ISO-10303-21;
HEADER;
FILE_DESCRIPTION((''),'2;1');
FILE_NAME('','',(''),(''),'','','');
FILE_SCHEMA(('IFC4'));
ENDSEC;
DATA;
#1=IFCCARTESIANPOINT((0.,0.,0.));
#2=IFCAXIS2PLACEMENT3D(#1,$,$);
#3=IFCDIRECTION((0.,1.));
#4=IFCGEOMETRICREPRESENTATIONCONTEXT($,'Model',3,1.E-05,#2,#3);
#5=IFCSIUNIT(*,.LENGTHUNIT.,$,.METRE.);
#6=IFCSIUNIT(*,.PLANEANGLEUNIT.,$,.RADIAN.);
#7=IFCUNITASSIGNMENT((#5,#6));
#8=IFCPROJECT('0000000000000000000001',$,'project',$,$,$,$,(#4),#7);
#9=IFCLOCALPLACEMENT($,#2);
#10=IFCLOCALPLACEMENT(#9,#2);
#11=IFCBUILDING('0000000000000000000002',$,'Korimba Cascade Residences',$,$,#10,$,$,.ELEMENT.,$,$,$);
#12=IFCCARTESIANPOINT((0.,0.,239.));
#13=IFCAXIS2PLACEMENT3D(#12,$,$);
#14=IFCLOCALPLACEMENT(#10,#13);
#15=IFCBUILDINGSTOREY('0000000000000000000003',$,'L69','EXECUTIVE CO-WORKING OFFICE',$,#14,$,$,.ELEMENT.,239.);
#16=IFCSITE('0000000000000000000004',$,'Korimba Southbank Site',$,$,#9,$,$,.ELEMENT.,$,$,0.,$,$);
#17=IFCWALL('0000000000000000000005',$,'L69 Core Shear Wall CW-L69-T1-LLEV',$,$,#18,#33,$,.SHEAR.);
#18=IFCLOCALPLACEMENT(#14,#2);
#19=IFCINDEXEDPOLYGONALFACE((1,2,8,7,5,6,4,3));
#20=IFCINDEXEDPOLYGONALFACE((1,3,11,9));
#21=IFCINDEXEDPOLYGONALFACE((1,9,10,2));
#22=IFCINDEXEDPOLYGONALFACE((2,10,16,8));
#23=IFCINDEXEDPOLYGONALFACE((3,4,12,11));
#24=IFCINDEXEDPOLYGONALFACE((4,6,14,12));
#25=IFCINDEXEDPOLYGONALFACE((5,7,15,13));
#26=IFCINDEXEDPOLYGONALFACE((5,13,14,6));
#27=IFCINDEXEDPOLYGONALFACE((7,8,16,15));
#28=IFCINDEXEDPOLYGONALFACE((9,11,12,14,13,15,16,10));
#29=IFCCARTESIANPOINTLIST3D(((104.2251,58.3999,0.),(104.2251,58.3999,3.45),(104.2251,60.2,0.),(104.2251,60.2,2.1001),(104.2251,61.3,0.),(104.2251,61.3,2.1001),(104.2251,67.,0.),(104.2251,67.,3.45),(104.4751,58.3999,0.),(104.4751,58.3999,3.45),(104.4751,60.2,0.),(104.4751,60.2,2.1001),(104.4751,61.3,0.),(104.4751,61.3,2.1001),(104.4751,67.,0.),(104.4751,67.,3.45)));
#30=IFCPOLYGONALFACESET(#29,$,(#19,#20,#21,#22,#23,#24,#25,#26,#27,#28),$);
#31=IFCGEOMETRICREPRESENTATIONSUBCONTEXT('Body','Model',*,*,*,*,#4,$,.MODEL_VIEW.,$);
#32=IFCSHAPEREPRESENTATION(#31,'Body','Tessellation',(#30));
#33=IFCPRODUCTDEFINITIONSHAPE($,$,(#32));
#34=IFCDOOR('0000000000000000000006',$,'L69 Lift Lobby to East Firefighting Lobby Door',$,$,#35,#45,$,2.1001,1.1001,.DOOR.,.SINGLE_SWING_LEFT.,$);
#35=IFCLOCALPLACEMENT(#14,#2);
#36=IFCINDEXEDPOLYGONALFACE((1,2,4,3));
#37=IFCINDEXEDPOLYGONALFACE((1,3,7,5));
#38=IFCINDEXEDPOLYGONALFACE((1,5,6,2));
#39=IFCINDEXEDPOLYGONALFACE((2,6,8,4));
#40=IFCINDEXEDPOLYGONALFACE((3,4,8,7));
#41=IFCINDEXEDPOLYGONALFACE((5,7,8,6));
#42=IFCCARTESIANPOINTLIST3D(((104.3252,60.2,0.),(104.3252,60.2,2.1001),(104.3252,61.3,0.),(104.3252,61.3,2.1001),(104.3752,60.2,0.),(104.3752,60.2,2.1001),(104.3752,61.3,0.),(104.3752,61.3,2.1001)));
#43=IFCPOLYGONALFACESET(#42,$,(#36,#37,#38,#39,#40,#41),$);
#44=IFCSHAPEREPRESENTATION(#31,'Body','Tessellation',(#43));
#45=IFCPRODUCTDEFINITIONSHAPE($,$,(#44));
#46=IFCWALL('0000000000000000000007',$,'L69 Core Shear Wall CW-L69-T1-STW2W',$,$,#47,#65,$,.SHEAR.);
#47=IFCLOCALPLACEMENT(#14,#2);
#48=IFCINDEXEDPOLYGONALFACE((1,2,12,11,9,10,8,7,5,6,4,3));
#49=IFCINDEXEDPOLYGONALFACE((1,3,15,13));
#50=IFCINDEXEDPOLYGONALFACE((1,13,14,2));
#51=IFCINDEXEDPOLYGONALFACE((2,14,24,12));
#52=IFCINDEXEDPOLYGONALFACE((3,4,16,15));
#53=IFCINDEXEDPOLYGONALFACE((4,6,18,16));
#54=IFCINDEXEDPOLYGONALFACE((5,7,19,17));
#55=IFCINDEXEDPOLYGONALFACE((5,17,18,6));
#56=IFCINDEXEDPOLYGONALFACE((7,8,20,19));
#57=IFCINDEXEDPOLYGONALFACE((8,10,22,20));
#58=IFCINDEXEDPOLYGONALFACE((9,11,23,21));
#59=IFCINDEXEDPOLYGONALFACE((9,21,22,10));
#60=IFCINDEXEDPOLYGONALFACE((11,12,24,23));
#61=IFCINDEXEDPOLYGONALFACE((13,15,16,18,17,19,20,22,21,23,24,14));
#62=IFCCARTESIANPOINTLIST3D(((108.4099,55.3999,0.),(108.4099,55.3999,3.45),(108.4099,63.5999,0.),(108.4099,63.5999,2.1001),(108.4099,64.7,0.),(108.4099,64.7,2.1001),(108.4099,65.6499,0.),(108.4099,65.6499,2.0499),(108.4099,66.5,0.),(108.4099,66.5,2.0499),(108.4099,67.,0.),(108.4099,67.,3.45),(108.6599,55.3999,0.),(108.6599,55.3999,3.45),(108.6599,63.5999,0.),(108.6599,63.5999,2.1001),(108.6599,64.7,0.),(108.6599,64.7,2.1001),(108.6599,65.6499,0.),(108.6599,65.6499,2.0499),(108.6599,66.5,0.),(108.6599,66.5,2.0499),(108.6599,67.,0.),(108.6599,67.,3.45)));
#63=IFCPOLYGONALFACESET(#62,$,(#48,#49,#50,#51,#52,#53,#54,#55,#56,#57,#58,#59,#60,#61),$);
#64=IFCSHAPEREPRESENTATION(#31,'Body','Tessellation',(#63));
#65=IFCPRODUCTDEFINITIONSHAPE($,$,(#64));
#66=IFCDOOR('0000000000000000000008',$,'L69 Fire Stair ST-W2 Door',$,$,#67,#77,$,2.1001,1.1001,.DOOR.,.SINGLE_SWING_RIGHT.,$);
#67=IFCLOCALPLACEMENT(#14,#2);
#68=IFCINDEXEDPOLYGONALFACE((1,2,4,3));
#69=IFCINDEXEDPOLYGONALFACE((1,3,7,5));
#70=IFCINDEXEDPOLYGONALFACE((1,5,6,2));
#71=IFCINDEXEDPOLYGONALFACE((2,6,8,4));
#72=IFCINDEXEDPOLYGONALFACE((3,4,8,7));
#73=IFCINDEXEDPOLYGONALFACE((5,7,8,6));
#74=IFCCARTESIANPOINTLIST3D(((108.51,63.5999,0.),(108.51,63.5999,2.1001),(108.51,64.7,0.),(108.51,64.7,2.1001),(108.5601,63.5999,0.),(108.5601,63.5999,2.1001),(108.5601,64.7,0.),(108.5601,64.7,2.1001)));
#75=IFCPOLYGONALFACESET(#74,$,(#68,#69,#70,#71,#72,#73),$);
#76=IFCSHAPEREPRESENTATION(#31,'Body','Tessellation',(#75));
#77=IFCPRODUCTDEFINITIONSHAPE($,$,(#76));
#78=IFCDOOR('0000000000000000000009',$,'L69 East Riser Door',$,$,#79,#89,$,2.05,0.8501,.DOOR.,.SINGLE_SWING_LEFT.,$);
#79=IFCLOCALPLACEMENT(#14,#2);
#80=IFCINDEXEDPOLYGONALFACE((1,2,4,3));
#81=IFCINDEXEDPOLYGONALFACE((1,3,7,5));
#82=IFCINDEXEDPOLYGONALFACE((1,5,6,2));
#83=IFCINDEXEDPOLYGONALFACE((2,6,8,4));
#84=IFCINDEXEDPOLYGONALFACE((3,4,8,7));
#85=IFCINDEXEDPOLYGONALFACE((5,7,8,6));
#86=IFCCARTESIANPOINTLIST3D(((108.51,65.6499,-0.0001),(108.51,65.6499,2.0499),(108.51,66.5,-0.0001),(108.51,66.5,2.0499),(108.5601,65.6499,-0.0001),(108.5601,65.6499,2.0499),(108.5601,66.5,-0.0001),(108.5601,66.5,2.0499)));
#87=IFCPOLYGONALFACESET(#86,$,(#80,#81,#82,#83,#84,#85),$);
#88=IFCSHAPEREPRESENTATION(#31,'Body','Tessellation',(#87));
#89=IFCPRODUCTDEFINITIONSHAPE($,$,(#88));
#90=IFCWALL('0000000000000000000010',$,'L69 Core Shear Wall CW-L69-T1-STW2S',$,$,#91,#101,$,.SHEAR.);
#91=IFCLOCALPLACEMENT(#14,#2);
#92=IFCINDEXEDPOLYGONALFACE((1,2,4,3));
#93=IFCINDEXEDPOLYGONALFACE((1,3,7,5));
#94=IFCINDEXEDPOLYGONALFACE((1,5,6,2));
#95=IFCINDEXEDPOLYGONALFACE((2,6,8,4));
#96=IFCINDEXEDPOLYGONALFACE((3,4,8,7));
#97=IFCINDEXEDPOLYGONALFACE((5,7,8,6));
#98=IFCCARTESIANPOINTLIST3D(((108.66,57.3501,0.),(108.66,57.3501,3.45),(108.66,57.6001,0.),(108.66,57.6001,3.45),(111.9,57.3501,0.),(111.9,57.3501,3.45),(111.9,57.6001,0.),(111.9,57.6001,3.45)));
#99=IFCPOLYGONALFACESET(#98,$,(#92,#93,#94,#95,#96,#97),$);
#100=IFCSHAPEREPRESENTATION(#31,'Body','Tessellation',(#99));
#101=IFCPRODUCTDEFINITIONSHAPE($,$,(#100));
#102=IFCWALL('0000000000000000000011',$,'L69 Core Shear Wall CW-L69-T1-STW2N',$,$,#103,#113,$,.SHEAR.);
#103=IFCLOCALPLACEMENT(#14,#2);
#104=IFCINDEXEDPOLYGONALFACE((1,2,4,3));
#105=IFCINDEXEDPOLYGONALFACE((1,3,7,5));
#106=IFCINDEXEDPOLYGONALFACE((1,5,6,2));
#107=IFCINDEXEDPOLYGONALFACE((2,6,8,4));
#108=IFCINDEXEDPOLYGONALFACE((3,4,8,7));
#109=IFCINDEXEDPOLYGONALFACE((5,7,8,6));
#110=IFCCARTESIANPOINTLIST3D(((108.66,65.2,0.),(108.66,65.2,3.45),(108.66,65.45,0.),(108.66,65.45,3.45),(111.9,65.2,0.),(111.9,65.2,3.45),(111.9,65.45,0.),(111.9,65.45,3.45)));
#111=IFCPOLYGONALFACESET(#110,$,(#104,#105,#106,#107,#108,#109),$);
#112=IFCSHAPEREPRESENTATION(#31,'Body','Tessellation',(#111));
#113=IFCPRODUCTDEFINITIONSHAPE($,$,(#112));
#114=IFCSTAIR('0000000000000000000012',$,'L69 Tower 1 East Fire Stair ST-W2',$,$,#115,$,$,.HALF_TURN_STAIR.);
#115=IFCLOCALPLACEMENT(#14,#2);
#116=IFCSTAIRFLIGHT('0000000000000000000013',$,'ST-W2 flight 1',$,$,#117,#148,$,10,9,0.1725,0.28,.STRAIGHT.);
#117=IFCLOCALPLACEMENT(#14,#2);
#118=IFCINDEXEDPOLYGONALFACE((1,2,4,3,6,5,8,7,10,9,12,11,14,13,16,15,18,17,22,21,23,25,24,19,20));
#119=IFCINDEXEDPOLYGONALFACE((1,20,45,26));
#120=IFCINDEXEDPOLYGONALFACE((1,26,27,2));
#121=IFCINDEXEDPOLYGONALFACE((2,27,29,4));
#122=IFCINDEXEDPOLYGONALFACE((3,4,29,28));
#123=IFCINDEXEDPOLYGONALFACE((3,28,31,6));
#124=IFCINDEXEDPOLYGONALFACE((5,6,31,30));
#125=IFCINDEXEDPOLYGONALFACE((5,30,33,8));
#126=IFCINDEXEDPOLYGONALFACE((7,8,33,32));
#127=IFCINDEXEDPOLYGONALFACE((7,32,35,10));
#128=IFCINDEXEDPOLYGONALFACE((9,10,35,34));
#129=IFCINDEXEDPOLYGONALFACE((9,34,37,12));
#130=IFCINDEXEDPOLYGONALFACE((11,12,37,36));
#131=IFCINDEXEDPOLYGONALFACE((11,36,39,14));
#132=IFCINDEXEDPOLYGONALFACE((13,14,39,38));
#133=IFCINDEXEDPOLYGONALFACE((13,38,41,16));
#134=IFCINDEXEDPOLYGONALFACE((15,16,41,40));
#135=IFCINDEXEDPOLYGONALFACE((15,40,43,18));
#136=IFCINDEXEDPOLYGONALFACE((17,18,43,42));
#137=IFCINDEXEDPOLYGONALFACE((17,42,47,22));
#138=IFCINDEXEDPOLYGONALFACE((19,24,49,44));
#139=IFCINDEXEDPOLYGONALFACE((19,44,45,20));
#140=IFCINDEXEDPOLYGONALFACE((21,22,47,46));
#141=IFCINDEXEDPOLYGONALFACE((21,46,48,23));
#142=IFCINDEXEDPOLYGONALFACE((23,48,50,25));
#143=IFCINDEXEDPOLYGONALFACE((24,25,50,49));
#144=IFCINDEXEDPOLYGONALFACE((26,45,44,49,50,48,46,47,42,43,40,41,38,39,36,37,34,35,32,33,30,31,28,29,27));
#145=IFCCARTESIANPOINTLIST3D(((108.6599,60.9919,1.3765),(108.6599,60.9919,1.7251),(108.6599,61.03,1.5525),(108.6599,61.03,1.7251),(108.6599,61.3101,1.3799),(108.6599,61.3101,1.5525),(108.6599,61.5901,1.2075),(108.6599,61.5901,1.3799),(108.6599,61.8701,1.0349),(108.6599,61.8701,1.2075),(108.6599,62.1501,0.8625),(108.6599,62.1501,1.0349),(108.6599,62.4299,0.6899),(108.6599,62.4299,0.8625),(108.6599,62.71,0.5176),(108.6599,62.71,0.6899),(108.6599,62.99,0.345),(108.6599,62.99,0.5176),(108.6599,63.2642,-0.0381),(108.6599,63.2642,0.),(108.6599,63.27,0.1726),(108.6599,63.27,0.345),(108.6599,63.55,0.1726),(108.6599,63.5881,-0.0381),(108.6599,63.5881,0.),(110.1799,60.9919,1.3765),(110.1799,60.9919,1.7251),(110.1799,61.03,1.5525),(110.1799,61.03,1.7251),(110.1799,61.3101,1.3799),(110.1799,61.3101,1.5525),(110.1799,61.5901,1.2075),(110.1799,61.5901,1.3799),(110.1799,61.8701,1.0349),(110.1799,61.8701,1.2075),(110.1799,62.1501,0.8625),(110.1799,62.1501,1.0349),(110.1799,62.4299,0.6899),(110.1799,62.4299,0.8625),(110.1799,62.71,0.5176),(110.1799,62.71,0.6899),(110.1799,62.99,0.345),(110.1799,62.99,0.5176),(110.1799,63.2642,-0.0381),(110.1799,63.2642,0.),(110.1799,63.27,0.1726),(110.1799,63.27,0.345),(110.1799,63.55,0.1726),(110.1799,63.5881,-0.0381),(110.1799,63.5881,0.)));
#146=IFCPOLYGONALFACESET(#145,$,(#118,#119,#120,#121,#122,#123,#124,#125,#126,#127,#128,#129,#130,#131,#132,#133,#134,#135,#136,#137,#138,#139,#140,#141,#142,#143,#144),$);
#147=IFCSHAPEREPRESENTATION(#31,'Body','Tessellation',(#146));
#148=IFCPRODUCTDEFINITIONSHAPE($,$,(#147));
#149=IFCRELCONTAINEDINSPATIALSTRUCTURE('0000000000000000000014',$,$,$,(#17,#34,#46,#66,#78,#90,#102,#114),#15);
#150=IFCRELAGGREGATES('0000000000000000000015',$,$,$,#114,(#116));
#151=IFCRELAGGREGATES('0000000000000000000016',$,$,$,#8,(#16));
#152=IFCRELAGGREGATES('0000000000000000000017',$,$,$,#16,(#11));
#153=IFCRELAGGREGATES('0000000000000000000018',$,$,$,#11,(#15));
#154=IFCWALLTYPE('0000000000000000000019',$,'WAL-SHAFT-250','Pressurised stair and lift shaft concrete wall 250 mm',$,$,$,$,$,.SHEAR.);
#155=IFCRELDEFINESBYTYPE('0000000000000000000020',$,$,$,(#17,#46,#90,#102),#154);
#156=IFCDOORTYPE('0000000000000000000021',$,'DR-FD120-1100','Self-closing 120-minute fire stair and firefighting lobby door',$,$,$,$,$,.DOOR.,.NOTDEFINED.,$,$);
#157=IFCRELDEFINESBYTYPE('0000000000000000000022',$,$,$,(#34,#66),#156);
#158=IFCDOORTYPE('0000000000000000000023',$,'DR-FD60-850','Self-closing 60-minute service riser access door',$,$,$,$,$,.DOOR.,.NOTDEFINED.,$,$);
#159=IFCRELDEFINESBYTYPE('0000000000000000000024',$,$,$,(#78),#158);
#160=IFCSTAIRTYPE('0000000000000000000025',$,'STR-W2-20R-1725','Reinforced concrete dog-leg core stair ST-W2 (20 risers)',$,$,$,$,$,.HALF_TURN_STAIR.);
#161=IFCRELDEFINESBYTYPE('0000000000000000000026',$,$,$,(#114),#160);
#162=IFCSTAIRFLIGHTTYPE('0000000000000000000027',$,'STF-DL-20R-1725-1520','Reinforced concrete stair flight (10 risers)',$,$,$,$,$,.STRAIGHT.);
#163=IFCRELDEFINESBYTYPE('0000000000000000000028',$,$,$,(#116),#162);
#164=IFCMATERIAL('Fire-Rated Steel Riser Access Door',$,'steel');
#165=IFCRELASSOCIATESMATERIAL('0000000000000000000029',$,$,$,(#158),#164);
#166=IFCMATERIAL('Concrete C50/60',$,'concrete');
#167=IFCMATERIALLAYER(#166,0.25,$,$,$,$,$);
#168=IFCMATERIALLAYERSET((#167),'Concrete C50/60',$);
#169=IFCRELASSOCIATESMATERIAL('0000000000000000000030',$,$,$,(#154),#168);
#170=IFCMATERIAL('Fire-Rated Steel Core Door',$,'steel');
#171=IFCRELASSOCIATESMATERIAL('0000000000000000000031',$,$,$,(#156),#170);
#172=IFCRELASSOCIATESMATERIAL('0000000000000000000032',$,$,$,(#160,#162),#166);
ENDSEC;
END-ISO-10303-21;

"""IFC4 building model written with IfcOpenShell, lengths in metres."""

from ifc_helpers import new_model, si_unit, direction, frame, frame_2d, origin, place, context, subcontext, project, spatial, polyline, rectangle, outline, extrude, material, layer, layer_set, type_object, element, fill, aggregate, save


model = new_model("IFC4")

# Units and contexts
model_context = context("Model", 3, precision=1e-05, world=origin(), true_north=direction((0.0, 1.0)))
body_context = subcontext(model_context, "Body", "Model", "MODEL_VIEW")
ifc_project = project(units=[si_unit("LENGTHUNIT", "METRE"), si_unit("PLANEANGLEUNIT", "RADIAN")], contexts=[model_context])

# Site, building, storey
site_placement = place(None, origin())
site = spatial("IfcSite", under=ifc_project, at=site_placement, Name="Korimba Southbank Site", CompositionType="ELEMENT", RefElevation=0.0)
building_placement = place(site_placement, origin())
building = spatial("IfcBuilding", under=site, at=building_placement, Name="Korimba Cascade Residences", CompositionType="ELEMENT")
storey_placement = place(building_placement, frame((0.0, 0.0, 239.0)))
storey = spatial("IfcBuildingStorey", under=building, at=storey_placement, Name="L69", Description="EXECUTIVE CO-WORKING OFFICE", CompositionType="ELEMENT", Elevation=239.0)

# Shared definitions
ifc_material_1 = material(Name="Concrete C50/60", Category="concrete")

# Shared definitions
ifc_material_2 = material(Name="Fire-Rated Steel Riser Access Door", Category="steel")
door_type_1 = type_object("IfcDoorType", Name="DR-FD60-850", Description="Self-closing 60-minute service riser access door", OperationType="NOTDEFINED", PredefinedType="DOOR", material=ifc_material_2)

# Shared definitions
ifc_layer_1 = layer(ifc_material_1, 0.25)
ifc_layer_set_1 = layer_set([ifc_layer_1], Name="Concrete C50/60")
wall_type_1 = type_object("IfcWallType", Name="WAL-SHAFT-250", Description="Pressurised stair and lift shaft concrete wall 250 mm", PredefinedType="SHEAR", material=ifc_layer_set_1)

# Wall, opening, door
wall_1_placement = place(storey_placement, frame((104.3501, 58.3999, 0.0), z_axis=(0.0, 0.0, 1.0), x_axis=(0.0, 1.0, 0.0)))
wall_1 = element("IfcWall", 1, at=wall_1_placement, inside=storey, type_object=wall_type_1, Name="L69 Core Shear Wall CW-L69-T1-LLEV", PredefinedType="SHEAR", context=body_context, shape_type="SweptSolid", body=[
    extrude(rectangle(XDim=8.6001, YDim=0.25, at=frame_2d((4.3, 0.0))), origin(), (0.0, 0.0, 1.0), 3.45),
])
opening_1_placement = place(wall_1_placement, frame((1.8, 0.0, 0.0)))
opening_1 = element("IfcOpeningElement", 2, at=opening_1_placement, cuts=wall_1, PredefinedType="OPENING", context=body_context, shape_type="SweptSolid", body=[
    extrude(rectangle(XDim=1.1001, YDim=2.1001, at=frame_2d((0.55, 1.05))), frame((0.0, 0.135, 0.0), z_axis=(0.0, -1.0, 0.0), x_axis=(1.0, 0.0, 0.0)), (0.0, 0.0, 1.0), 0.27),
])
ifc_material_3 = material(Name="Fire-Rated Steel Core Door", Category="steel")
door_type_2 = type_object("IfcDoorType", Name="DR-FD120-1100", Description="Self-closing 120-minute fire stair and firefighting lobby door", OperationType="NOTDEFINED", PredefinedType="DOOR", material=ifc_material_3)
door_1_placement = place(opening_1_placement, origin())
door_1 = element("IfcDoor", 3, at=door_1_placement, inside=storey, type_object=door_type_2, Name="L69 Lift Lobby to East Firefighting Lobby Door", OperationType="SINGLE_SWING_LEFT", OverallHeight=2.1001, OverallWidth=1.1001, PredefinedType="DOOR", context=body_context, shape_type="SweptSolid", body=[
    extrude(rectangle(XDim=1.1001, YDim=2.1001, at=frame_2d((0.55, 1.05))), frame((0.0, 0.0249, 0.0), z_axis=(0.0, -1.0, 0.0), x_axis=(1.0, 0.0, 0.0)), (0.0, 0.0, 1.0), 0.05),
])
fill(opening_1, door_1)

# Wall, openings, doors
wall_2_placement = place(storey_placement, frame((108.5349, 55.3999, 0.0), z_axis=(0.0, 0.0, 1.0), x_axis=(0.0, 1.0, 0.0)))
wall_2 = element("IfcWall", 4, at=wall_2_placement, inside=storey, type_object=wall_type_1, Name="L69 Core Shear Wall CW-L69-T1-STW2W", PredefinedType="SHEAR", context=body_context, shape_type="SweptSolid", body=[
    extrude(rectangle(XDim=11.6001, YDim=0.25, at=frame_2d((5.8, 0.0))), origin(), (0.0, 0.0, 1.0), 3.45),
])
opening_2_placement = place(wall_2_placement, frame((8.2, 0.0, 0.0)))
opening_2 = element("IfcOpeningElement", 5, at=opening_2_placement, cuts=wall_2, PredefinedType="OPENING", context=body_context, shape_type="SweptSolid", body=[
    extrude(rectangle(XDim=1.1001, YDim=2.1001, at=frame_2d((0.55, 1.05))), frame((0.0, 0.135, 0.0), z_axis=(0.0, -1.0, 0.0), x_axis=(1.0, 0.0, 0.0)), (0.0, 0.0, 1.0), 0.27),
])
opening_3_placement = place(wall_2_placement, frame((10.25, 0.0, 0.0)))
opening_3 = element("IfcOpeningElement", 6, at=opening_3_placement, cuts=wall_2, PredefinedType="OPENING", context=body_context, shape_type="SweptSolid", body=[
    extrude(rectangle(XDim=0.8501, YDim=2.05, at=frame_2d((0.425, 1.0249))), frame((0.0, 0.135, 0.0), z_axis=(0.0, -1.0, 0.0), x_axis=(1.0, 0.0, 0.0)), (0.0, 0.0, 1.0), 0.27),
])
door_2_placement = place(opening_2_placement, origin())
door_2 = element("IfcDoor", 7, at=door_2_placement, inside=storey, type_object=door_type_2, Name="L69 Fire Stair ST-W2 Door", OperationType="SINGLE_SWING_RIGHT", OverallHeight=2.1001, OverallWidth=1.1001, PredefinedType="DOOR", context=body_context, shape_type="SweptSolid", body=[
    extrude(rectangle(XDim=1.1001, YDim=2.1001, at=frame_2d((0.55, 1.05))), frame((0.0, 0.0249, 0.0), z_axis=(0.0, -1.0, 0.0), x_axis=(1.0, 0.0, 0.0)), (0.0, 0.0, 1.0), 0.05),
])
fill(opening_2, door_2)
door_3_placement = place(opening_3_placement, origin())
door_3 = element("IfcDoor", 8, at=door_3_placement, inside=storey, type_object=door_type_1, Name="L69 East Riser Door", OperationType="SINGLE_SWING_LEFT", OverallHeight=2.05, OverallWidth=0.8501, PredefinedType="DOOR", context=body_context, shape_type="SweptSolid", body=[
    extrude(rectangle(XDim=0.8501, YDim=2.05, at=frame_2d((0.425, 1.0249))), frame((0.0, 0.0249, 0.0), z_axis=(0.0, -1.0, 0.0), x_axis=(1.0, 0.0, 0.0)), (0.0, 0.0, 1.0), 0.05),
])
fill(opening_3, door_3)

# Walls
for number, where, z_axis, x_axis, name in (
    (9, (108.6599, 57.4751, 0.0), (0.0, 0.0, 1.0), (1.0, 0.0, 0.0), "L69 Core Shear Wall CW-L69-T1-STW2S"),
    (10, (108.6599, 65.325, 0.0), (0.0, 0.0, 1.0), (1.0, 0.0, 0.0), "L69 Core Shear Wall CW-L69-T1-STW2N"),
):
    element("IfcWall", number, at=place(storey_placement, frame(where, z_axis=z_axis, x_axis=x_axis)), inside=storey, type_object=wall_type_1, Name=name, PredefinedType="SHEAR", context=body_context, shape_type="SweptSolid", body=[
        extrude(rectangle(XDim=3.24, YDim=0.25, at=frame_2d((1.6201, 0.0))), origin(), (0.0, 0.0, 1.0), 3.45),
    ])

# Stair, stair flight
stair_type = type_object("IfcStairType", Name="STR-W2-20R-1725", Description="Reinforced concrete dog-leg core stair ST-W2 (20 risers)", PredefinedType="HALF_TURN_STAIR", material=ifc_material_1)
stair_placement = place(storey_placement, origin())
stair = element("IfcStair", 11, at=stair_placement, inside=storey, type_object=stair_type, Name="L69 Tower 1 East Fire Stair ST-W2", PredefinedType="HALF_TURN_STAIR")
stair_flight_type = type_object("IfcStairFlightType", Name="STF-DL-20R-1725-1520", Description="Reinforced concrete stair flight (10 risers)", PredefinedType="STRAIGHT", material=ifc_material_1)
stair_flight_placement = place(storey_placement, frame((109.4199, 63.55, 0.0), z_axis=(0.0, 0.0, 1.0), x_axis=(0.0, -1.0, 0.0)))
stair_flight = element("IfcStairFlight", 12, at=stair_flight_placement, type_object=stair_flight_type, Name="ST-W2 flight 1", NumberOfRisers=10, NumberOfTreads=9, PredefinedType="STRAIGHT", RiserHeight=0.1725, TreadLength=0.28, context=body_context, shape_type="SweptSolid", body=[
    extrude(outline(polyline([(-0.0381, 0.0), (0.0, 0.1726), (0.28, 0.1726), (0.28, 0.345), (0.5601, 0.345), (0.5601, 0.5176), (0.8401, 0.5176), (0.8401, 0.6899), (1.1201, 0.6899), (1.1201, 0.8625), (1.3999, 0.8625), (1.3999, 1.0349), (1.6799, 1.0349), (1.6799, 1.2075), (1.96, 1.2075), (1.96, 1.3799), (2.24, 1.3799), (2.24, 1.5525), (2.52, 1.5525), (2.52, 1.7251), (2.5581, 1.7251), (2.5581, 1.3765), (0.2859, 0.0), (0.2859, -0.0381), (-0.0381, -0.0381), (-0.0381, 0.0)])), frame((0.0, 0.76, 0.0), z_axis=(0.0, -1.0, 0.0), x_axis=(1.0, 0.0, 0.0)), (0.0, 0.0, 1.0), 1.52),
])
aggregate(stair, [stair_flight])

save(model, "model.ifc")
